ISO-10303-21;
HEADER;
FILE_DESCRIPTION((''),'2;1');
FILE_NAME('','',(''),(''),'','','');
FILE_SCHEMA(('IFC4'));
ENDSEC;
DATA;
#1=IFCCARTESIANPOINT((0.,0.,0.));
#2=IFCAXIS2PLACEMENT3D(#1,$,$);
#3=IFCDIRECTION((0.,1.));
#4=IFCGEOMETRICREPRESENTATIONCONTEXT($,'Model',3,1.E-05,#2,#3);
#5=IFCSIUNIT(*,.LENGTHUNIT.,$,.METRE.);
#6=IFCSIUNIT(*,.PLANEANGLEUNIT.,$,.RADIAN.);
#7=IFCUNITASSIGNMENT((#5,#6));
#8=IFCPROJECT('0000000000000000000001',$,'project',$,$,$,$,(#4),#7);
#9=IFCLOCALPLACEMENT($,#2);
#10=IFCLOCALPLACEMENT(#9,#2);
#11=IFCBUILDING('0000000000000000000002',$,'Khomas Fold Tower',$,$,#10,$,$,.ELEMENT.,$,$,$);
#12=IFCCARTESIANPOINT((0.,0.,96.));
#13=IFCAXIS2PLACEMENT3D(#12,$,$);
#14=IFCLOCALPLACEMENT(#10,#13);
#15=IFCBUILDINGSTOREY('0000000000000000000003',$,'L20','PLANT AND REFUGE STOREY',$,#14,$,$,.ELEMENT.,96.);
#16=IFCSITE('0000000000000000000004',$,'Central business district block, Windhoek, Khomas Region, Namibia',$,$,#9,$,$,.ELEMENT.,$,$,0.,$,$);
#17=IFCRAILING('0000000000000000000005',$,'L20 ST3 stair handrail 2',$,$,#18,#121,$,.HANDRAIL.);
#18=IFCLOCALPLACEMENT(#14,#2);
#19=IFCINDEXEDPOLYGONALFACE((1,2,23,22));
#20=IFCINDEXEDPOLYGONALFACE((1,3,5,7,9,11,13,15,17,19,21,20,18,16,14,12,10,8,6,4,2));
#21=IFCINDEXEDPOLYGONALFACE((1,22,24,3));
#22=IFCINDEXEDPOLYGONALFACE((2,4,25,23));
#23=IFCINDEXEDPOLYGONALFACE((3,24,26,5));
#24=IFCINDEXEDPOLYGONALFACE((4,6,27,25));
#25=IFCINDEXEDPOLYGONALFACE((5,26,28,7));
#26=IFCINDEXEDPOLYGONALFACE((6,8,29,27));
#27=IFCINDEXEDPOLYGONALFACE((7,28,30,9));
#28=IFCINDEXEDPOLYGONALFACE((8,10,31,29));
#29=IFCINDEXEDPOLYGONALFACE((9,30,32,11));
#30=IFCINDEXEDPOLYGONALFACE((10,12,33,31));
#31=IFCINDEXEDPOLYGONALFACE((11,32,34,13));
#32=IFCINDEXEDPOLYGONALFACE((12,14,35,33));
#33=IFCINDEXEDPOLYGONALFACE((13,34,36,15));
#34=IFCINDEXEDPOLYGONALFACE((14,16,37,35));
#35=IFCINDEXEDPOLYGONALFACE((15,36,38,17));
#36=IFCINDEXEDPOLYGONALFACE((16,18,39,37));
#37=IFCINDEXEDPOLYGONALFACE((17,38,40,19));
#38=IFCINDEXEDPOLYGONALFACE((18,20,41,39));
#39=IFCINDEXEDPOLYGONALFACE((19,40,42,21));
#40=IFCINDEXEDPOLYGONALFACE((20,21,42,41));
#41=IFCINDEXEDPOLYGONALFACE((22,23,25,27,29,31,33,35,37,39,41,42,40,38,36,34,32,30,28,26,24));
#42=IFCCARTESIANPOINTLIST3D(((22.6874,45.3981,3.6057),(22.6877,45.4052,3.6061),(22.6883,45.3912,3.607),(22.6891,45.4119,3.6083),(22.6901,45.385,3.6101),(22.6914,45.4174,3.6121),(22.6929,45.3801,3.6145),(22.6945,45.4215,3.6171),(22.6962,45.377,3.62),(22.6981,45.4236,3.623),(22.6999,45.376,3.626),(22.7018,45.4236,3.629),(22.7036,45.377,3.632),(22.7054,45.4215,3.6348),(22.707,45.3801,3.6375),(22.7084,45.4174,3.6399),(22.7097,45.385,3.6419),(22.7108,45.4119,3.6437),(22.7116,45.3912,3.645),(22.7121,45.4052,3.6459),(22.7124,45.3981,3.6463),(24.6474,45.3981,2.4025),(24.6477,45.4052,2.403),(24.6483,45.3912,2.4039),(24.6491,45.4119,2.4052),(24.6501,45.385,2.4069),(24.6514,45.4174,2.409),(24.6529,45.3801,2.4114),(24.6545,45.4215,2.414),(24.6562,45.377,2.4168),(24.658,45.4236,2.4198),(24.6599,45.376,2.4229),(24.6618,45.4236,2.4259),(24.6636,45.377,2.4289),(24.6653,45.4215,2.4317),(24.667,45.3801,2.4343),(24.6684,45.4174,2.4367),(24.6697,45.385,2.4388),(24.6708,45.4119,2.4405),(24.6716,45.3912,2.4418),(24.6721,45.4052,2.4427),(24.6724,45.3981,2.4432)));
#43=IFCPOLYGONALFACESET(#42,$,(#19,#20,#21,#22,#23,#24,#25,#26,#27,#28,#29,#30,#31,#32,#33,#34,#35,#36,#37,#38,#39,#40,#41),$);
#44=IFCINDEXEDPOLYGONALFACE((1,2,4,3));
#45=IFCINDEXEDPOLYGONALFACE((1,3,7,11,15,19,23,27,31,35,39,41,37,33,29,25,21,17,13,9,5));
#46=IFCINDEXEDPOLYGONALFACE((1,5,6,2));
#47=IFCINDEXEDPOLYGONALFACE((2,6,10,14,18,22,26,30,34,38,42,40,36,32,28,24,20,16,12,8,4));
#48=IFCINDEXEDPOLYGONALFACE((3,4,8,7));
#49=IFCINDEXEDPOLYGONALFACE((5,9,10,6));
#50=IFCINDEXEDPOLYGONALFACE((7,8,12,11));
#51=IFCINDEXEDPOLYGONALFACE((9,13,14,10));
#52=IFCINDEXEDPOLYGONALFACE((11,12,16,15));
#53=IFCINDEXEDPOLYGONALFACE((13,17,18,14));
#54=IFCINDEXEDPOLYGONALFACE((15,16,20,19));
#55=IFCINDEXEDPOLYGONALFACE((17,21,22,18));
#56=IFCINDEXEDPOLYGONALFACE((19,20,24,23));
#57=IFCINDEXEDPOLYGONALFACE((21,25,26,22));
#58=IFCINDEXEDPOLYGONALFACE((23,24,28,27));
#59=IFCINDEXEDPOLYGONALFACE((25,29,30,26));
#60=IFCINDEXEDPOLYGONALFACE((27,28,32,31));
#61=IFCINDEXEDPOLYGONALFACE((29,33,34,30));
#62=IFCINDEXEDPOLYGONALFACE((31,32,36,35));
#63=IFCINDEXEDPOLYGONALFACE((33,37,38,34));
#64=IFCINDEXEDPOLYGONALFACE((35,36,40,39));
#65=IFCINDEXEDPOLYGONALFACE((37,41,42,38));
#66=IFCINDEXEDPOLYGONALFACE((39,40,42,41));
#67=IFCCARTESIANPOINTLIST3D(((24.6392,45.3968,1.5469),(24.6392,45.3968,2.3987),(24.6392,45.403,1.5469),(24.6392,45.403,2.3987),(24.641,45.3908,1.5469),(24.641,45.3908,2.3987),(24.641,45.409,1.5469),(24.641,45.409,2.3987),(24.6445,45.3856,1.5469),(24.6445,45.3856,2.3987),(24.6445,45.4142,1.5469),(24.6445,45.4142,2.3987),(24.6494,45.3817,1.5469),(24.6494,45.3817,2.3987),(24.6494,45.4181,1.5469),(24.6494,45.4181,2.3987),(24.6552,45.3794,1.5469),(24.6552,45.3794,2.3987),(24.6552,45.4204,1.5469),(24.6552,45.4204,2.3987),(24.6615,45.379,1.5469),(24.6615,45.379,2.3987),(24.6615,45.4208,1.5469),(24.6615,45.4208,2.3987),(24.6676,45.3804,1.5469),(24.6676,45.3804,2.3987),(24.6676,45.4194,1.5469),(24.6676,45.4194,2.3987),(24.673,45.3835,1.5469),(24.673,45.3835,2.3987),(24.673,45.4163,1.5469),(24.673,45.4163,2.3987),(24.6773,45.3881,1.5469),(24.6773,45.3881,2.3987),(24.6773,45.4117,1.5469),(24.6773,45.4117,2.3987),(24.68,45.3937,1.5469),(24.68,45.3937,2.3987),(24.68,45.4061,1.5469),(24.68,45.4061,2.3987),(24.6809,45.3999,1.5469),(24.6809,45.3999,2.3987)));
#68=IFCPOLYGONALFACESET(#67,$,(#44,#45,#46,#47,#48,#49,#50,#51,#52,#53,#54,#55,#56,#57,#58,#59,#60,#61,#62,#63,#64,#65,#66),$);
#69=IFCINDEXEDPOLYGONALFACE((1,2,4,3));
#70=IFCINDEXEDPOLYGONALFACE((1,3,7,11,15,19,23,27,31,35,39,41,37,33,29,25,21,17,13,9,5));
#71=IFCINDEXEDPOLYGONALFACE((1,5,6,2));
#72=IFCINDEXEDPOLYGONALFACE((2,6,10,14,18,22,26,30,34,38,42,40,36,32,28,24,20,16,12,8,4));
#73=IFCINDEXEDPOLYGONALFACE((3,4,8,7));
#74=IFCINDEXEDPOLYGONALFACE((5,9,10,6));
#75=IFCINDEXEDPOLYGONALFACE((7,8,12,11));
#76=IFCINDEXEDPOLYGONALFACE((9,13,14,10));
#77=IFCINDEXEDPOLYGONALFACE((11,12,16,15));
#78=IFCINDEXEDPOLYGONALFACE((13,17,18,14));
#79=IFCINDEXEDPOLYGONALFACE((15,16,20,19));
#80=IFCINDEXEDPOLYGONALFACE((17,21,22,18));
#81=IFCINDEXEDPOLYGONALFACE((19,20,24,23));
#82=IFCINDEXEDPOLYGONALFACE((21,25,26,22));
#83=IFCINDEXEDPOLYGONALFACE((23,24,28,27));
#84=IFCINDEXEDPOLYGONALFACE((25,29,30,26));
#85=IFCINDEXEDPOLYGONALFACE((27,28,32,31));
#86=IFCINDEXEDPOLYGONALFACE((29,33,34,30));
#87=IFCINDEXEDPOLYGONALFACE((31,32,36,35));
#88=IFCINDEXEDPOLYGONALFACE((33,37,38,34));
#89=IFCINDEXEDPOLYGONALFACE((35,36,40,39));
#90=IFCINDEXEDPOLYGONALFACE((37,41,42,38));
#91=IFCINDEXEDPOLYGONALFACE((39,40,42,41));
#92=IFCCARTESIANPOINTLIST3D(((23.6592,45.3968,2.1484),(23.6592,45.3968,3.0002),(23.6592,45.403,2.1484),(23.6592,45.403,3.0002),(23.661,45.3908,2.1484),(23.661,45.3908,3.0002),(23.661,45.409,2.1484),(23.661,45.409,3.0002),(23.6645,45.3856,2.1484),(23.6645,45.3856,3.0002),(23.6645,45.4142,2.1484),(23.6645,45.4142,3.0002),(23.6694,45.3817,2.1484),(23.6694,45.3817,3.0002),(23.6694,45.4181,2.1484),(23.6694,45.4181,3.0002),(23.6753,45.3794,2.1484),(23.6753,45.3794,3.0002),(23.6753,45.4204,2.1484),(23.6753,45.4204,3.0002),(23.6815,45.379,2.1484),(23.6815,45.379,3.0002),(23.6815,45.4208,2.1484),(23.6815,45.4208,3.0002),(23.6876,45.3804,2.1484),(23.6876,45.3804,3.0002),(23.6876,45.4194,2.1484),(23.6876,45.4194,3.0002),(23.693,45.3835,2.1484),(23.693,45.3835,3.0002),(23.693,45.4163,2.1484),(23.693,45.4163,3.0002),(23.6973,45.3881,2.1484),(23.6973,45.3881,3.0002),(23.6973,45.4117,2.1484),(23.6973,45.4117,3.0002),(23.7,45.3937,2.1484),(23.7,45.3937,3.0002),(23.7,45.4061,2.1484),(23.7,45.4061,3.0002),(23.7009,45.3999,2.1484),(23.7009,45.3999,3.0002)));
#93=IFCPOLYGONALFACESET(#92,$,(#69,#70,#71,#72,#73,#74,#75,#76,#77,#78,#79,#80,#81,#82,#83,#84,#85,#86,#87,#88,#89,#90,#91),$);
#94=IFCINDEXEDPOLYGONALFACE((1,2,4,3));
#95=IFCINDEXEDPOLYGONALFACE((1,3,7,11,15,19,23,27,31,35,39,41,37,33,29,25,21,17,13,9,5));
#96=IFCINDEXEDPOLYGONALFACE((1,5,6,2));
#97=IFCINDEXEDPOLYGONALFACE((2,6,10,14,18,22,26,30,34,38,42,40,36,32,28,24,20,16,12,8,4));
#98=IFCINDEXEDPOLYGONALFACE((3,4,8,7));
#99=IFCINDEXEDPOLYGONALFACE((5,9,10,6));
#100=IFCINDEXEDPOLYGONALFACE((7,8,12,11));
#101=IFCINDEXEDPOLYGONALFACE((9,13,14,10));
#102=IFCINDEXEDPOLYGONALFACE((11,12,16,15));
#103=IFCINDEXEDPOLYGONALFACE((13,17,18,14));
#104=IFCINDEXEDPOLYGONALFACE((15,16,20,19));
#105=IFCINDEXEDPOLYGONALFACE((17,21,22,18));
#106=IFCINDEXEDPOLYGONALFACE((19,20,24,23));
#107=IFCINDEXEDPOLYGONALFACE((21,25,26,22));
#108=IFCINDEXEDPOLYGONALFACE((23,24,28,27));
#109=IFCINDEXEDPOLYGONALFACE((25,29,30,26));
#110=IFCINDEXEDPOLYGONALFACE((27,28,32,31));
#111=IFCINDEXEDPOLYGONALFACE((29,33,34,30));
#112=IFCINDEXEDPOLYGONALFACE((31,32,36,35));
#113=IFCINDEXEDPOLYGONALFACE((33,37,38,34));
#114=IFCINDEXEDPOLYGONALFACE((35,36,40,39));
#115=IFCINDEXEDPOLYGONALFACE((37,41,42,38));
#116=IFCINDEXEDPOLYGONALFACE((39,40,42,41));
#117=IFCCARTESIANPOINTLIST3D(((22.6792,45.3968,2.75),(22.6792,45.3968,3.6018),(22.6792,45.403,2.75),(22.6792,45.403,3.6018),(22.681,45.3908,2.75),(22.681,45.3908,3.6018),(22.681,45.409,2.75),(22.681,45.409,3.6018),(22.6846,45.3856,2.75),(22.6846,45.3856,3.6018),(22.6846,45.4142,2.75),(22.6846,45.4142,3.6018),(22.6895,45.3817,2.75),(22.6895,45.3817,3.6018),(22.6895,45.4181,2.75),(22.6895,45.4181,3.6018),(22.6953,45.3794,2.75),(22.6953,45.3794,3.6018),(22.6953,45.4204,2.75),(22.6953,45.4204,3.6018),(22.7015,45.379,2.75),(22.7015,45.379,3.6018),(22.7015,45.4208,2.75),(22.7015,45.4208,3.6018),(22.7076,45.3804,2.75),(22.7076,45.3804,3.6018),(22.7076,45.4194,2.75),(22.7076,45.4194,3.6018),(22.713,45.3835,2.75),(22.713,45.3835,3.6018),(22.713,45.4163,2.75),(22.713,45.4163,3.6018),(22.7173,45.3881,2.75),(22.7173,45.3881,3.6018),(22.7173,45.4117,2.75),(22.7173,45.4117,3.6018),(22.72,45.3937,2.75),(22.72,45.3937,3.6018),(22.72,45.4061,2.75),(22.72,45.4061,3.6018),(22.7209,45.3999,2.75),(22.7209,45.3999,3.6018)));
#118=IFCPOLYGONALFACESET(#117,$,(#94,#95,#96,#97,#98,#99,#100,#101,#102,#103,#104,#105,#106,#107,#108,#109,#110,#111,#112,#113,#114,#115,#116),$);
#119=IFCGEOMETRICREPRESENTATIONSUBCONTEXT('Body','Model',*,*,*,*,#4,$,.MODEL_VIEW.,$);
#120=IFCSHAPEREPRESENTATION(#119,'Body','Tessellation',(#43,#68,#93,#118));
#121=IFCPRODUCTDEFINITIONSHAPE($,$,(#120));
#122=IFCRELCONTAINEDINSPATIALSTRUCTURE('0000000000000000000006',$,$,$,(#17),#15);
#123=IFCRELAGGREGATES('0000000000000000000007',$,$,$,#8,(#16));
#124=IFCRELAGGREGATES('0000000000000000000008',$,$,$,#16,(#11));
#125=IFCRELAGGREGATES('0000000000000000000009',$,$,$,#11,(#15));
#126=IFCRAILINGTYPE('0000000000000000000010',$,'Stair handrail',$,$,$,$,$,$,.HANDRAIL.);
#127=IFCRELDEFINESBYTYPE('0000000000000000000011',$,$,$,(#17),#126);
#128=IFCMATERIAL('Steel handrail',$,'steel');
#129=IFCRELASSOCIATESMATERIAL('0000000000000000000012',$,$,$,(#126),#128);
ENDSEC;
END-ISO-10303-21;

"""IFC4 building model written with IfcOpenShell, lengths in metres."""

from ifc_helpers import new_model, si_unit, direction, frame, origin, origin_2d, place, context, subcontext, project, spatial, circle, extrude, source, transform, mapped, material, type_object, element, save


model = new_model("IFC4")

# Units and contexts
model_context = context("Model", 3, precision=1e-05, world=origin(), true_north=direction((0.0, 1.0)))
body_context = subcontext(model_context, "Body", "Model", "MODEL_VIEW")
ifc_project = project(units=[si_unit("LENGTHUNIT", "METRE"), si_unit("PLANEANGLEUNIT", "RADIAN")], contexts=[model_context])

# Site, building, storey
site_placement = place(None, origin())
site = spatial("IfcSite", under=ifc_project, at=site_placement, Name="Central business district block, Windhoek, Khomas Region, Namibia", CompositionType="ELEMENT", RefElevation=0.0)
building_placement = place(site_placement, origin())
building = spatial("IfcBuilding", under=site, at=building_placement, Name="Khomas Fold Tower", CompositionType="ELEMENT")
storey_placement = place(building_placement, frame((0.0, 0.0, 96.0)))
storey = spatial("IfcBuildingStorey", under=building, at=storey_placement, Name="L20", Description="PLANT AND REFUGE STOREY", CompositionType="ELEMENT", Elevation=96.0)

# Railing
ifc_material_1 = material(Name="Steel handrail", Category="steel")
railing_type_1 = type_object("IfcRailingType", Name="Stair handrail", PredefinedType="HANDRAIL", material=ifc_material_1)
shared_shape_1 = source(origin(), body_context, "Body", "SweptSolid", [
    extrude(circle(Radius=0.0239, at=origin_2d()), frame((0.0, 0.0, 0.876), z_axis=(-0.852241, 0.0, 0.523149), x_axis=(0.0, -1.0, 0.0)), (0.0, 0.0, 1.0), 2.2998),
    extrude(circle(Radius=0.021, at=origin_2d()), origin(), (0.0, 0.0, 1.0), 0.8518),
    extrude(circle(Radius=0.021, at=origin_2d()), frame((-0.98, 0.0, 0.6016)), (0.0, 0.0, 1.0), 0.8518),
    extrude(circle(Radius=0.021, at=origin_2d()), frame((-1.96, 0.0, 1.2031)), (0.0, 0.0, 1.0), 0.8518),
])
for number, where, name in (
    (1, (24.6599, 45.3999, 1.5469), "L20 ST3 stair handrail 2"),
):
    element("IfcRailing", number, at=place(storey_placement, frame(where)), inside=storey, type_object=railing_type_1, Name=name, PredefinedType="HANDRAIL", context=body_context, shape_type="MappedRepresentation", body=[
        mapped(shared_shape_1, transform((0.0, 0.0, 0.0))),
    ])

save(model, "model.ifc")
